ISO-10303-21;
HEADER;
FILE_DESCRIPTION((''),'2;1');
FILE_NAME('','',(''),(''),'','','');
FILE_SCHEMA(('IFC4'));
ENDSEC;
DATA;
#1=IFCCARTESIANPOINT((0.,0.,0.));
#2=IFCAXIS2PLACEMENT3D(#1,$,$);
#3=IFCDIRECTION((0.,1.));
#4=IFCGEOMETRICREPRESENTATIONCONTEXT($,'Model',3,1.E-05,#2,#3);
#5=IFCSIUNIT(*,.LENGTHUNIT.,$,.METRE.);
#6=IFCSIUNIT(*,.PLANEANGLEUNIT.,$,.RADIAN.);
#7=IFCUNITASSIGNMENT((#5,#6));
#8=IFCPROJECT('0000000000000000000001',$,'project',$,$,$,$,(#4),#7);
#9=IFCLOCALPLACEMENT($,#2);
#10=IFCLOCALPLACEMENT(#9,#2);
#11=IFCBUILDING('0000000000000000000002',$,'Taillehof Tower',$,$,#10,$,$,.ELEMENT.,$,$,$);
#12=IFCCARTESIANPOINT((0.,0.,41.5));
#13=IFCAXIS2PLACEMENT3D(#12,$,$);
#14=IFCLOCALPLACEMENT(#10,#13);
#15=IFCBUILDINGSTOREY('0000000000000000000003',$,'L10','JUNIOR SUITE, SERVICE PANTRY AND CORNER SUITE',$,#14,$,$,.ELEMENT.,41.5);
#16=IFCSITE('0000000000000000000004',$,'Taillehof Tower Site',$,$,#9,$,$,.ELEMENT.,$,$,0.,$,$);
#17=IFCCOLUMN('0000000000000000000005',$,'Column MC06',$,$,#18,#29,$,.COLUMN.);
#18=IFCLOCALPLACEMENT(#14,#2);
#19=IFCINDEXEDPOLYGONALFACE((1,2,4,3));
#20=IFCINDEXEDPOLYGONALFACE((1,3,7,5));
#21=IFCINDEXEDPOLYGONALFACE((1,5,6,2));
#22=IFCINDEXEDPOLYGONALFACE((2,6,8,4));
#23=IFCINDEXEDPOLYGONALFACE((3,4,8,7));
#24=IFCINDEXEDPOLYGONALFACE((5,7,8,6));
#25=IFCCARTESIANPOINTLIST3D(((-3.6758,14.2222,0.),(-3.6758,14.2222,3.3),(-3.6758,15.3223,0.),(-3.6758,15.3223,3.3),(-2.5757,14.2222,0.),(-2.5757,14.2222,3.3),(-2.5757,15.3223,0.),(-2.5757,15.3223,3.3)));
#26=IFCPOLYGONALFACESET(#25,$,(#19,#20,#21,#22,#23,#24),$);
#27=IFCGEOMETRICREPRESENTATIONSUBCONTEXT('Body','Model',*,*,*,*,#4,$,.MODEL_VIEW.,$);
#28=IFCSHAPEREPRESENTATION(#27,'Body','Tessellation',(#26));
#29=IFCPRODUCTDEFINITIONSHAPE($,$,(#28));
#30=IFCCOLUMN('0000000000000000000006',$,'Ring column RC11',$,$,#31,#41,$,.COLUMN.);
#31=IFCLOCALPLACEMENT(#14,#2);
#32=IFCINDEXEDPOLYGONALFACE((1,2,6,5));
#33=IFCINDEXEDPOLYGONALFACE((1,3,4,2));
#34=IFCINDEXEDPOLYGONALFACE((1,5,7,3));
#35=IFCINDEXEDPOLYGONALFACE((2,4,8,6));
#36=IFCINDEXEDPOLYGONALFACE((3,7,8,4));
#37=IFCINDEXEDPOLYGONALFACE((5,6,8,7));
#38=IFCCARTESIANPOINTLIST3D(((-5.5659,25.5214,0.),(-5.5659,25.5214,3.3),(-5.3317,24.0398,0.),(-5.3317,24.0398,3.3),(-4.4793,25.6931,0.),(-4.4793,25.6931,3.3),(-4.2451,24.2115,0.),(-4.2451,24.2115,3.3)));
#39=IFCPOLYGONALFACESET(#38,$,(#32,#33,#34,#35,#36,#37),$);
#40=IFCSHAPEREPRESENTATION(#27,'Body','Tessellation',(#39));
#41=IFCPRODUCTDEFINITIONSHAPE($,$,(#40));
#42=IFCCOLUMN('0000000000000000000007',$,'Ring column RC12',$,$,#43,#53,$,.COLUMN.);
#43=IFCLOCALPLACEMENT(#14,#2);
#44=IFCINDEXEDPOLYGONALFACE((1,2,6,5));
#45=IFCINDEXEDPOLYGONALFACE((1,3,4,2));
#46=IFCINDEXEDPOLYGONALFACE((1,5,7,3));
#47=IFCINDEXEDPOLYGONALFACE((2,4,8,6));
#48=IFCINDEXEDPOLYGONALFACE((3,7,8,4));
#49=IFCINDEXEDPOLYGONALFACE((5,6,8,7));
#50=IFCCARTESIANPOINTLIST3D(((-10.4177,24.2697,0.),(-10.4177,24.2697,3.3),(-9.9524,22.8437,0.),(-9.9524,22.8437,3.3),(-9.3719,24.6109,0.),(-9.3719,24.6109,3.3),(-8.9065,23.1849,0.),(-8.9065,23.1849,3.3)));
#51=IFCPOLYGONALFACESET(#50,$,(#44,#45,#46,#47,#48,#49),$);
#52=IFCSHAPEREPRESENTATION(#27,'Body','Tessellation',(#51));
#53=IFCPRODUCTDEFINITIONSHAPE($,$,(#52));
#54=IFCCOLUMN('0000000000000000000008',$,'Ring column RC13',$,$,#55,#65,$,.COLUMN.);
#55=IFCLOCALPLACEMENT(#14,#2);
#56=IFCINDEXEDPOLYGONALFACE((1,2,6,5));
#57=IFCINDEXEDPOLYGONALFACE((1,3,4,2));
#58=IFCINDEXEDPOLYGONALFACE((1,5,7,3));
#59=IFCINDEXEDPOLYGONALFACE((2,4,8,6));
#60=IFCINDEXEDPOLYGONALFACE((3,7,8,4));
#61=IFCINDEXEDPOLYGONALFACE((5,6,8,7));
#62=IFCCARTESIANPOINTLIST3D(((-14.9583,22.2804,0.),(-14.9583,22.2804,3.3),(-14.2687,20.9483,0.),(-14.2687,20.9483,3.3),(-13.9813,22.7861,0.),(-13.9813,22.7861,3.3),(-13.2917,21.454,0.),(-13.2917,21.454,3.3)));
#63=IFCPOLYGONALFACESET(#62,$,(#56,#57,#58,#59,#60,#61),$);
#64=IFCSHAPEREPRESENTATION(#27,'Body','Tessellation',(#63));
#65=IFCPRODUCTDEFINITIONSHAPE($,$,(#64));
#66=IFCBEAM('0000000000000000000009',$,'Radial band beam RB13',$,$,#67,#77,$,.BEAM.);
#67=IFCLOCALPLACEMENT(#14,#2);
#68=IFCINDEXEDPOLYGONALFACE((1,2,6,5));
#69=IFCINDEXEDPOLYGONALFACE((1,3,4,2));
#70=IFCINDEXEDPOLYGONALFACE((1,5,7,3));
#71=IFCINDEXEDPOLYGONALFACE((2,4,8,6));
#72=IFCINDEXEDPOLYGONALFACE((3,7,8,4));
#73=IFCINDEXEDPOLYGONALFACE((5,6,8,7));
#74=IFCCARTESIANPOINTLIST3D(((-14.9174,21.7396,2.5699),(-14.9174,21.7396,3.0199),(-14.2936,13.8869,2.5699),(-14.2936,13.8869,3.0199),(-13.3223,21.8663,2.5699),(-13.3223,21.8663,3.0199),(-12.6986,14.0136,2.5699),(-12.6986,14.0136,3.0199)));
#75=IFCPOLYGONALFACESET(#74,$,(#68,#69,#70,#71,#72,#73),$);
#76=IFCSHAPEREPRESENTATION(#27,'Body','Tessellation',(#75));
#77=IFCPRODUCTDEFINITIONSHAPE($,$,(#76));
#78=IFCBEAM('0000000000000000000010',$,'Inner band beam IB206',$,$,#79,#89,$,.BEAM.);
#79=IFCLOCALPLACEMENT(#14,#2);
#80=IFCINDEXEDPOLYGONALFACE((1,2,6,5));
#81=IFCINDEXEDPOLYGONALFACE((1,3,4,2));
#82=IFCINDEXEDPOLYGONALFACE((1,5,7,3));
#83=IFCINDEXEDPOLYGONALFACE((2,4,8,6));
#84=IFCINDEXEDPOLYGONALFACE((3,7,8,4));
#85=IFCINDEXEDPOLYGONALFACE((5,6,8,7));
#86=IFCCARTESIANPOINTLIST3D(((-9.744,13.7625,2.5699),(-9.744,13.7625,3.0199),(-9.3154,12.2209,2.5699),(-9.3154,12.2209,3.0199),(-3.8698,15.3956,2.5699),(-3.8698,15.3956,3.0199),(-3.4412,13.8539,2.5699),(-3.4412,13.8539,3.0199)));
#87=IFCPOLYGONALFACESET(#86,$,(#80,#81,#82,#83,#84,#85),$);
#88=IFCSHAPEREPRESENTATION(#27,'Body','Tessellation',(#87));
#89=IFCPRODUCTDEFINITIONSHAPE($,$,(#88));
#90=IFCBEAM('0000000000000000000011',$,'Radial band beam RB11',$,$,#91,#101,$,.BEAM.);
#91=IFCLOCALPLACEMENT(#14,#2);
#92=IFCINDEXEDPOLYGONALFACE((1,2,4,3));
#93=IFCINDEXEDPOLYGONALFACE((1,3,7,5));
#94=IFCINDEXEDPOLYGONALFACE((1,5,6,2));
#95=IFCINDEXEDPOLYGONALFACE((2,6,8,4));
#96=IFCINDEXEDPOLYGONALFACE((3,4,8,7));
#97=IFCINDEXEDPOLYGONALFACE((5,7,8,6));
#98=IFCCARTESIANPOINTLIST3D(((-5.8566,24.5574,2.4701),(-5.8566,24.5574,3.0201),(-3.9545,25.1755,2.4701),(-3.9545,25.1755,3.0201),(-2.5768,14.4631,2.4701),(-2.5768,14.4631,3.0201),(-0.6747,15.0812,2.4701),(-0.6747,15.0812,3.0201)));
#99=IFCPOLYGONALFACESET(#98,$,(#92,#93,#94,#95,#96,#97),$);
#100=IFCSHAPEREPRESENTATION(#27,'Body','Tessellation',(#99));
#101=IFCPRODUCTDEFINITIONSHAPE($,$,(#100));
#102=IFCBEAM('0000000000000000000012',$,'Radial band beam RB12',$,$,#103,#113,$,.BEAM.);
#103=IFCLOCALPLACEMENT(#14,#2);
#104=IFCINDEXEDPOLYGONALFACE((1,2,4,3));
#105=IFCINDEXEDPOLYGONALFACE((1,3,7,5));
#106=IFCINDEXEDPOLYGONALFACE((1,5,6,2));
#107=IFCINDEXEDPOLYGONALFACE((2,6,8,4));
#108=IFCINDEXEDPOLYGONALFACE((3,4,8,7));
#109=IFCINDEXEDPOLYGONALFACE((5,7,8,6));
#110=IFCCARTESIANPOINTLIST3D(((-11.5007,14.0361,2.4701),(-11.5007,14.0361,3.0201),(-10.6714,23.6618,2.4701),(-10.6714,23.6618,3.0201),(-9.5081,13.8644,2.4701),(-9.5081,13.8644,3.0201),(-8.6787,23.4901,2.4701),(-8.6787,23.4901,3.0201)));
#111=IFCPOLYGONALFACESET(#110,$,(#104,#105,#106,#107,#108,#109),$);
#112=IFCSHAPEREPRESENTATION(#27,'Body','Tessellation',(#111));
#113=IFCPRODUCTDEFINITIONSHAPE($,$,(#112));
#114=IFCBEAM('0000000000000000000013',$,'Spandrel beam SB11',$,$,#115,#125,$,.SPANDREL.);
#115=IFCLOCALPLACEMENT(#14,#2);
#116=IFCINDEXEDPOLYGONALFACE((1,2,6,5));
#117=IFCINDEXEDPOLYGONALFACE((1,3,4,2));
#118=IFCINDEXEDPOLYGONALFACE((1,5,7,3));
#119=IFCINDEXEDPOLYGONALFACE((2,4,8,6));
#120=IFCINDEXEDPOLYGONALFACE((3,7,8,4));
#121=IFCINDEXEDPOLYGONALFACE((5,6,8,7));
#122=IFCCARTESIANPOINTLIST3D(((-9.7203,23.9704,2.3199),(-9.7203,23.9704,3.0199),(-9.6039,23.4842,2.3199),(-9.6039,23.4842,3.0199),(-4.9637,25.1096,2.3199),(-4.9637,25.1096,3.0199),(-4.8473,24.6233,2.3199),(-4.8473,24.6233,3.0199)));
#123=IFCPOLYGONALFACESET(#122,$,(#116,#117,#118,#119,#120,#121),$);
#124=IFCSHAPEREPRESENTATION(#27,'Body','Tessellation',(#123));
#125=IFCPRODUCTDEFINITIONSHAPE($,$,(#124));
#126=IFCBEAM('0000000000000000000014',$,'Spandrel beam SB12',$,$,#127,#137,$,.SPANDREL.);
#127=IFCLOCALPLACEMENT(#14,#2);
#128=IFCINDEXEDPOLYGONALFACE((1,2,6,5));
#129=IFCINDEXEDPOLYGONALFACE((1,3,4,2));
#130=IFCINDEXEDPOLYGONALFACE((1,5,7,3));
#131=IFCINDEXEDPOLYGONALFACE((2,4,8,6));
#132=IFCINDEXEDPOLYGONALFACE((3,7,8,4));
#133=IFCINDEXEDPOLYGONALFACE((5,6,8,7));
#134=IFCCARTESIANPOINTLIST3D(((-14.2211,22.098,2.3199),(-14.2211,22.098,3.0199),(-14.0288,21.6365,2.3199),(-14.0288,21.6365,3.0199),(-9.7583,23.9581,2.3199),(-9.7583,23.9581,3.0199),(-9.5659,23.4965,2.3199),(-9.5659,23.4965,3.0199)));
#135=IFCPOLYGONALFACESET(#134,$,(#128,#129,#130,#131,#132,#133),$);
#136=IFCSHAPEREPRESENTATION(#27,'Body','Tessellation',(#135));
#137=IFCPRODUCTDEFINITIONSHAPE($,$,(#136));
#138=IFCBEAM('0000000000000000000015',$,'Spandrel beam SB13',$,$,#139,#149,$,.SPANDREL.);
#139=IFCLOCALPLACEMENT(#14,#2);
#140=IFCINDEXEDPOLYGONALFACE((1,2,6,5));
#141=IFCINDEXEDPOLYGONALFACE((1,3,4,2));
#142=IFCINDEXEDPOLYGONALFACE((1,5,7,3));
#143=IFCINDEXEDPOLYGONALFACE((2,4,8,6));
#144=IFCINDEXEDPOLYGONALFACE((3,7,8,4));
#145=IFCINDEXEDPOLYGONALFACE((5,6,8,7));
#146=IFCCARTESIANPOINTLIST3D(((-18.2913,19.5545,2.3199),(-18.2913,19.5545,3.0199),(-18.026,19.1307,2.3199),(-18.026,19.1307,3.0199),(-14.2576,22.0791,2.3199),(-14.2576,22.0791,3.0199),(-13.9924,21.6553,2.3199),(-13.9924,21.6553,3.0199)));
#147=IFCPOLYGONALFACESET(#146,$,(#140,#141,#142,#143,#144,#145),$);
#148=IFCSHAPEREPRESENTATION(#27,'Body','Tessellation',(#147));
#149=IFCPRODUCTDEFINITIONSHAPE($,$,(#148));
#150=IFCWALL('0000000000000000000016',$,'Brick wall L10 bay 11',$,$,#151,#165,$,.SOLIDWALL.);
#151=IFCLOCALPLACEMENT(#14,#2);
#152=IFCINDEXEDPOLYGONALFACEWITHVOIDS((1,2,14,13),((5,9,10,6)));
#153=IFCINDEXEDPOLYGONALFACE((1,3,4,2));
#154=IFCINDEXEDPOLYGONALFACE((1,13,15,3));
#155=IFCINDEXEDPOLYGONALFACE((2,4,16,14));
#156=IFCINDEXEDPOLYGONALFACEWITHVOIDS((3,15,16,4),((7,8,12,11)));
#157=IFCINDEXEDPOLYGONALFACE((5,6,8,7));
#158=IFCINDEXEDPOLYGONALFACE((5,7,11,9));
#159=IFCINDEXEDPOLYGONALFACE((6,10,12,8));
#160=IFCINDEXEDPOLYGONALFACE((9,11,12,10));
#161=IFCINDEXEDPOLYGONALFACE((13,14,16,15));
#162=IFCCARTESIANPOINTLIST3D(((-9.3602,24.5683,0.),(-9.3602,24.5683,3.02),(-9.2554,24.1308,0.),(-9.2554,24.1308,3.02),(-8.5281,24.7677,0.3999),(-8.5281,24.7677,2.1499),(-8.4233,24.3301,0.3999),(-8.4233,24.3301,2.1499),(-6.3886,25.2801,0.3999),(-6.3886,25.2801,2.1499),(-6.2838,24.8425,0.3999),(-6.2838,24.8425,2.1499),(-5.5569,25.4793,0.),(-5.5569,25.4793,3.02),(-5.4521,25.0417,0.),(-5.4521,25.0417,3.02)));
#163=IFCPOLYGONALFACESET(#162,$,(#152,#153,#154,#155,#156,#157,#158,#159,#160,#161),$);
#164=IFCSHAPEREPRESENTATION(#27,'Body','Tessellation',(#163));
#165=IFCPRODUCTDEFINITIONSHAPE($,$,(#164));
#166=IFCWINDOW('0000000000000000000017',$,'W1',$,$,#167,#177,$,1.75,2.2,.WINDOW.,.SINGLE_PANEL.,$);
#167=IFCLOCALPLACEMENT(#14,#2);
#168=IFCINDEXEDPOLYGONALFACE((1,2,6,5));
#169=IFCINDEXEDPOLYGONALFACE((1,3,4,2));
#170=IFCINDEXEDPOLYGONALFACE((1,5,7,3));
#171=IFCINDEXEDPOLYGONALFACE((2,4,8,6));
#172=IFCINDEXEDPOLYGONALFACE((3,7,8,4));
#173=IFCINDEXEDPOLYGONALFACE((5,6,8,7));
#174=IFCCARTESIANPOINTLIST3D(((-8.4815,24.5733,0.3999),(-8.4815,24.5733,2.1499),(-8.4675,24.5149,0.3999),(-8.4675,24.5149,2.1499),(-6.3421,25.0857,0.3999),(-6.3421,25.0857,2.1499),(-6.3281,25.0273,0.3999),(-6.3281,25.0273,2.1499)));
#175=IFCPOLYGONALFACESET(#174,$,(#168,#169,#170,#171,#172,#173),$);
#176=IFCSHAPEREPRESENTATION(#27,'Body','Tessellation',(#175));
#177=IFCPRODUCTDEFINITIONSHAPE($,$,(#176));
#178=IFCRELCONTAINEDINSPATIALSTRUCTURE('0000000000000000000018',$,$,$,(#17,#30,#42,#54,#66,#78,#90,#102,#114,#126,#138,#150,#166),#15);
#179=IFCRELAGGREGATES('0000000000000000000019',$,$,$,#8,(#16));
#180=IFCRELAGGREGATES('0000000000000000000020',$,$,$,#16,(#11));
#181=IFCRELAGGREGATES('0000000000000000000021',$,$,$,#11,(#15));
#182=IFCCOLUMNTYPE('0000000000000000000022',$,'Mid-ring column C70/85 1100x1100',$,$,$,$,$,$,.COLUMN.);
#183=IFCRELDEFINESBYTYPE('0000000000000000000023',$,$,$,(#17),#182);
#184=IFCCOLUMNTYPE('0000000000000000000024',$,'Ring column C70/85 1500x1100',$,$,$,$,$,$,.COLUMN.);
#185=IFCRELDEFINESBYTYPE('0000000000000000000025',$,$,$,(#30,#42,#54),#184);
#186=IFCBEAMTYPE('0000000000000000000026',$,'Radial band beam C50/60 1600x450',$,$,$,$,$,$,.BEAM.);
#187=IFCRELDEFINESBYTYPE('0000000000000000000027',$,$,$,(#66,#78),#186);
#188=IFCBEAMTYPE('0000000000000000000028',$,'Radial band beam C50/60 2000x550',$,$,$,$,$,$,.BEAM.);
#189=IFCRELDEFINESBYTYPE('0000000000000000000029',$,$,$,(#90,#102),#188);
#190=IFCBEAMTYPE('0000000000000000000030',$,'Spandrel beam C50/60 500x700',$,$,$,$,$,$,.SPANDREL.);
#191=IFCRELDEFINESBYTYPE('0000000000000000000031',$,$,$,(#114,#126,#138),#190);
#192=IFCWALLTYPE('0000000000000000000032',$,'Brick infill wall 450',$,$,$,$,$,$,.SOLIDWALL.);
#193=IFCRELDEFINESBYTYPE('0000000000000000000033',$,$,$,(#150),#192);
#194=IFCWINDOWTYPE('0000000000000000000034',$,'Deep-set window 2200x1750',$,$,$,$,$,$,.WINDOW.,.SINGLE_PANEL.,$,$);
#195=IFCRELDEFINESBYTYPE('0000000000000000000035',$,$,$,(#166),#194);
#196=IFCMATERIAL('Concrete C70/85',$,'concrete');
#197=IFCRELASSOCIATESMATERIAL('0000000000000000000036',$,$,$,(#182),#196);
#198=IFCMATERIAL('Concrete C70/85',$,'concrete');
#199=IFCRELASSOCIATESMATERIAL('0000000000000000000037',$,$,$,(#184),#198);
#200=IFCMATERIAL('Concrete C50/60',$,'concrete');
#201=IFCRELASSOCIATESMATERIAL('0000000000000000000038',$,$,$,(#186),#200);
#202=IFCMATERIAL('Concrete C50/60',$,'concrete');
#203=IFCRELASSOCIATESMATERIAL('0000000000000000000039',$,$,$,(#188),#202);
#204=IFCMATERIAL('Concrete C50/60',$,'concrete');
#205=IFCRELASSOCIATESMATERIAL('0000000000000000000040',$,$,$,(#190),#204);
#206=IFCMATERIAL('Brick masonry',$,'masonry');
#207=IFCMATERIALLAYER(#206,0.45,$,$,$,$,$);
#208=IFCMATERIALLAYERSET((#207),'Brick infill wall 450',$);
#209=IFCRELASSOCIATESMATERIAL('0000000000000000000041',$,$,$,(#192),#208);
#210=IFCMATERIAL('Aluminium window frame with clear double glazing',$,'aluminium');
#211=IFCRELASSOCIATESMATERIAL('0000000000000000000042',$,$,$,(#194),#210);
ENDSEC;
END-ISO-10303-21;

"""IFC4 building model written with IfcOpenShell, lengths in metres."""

from ifc_helpers import new_model, si_unit, direction, frame, frame_2d, origin, origin_2d, place, context, subcontext, project, spatial, rectangle, extrude, material, layer, layer_set, material_profile, profile_set, type_object, element, fill, save


model = new_model("IFC4")

# Units and contexts
model_context = context("Model", 3, precision=1e-05, world=origin(), true_north=direction((0.0, 1.0)))
body_context = subcontext(model_context, "Body", "Model", "MODEL_VIEW")
ifc_project = project(units=[si_unit("LENGTHUNIT", "METRE"), si_unit("PLANEANGLEUNIT", "RADIAN")], contexts=[model_context])

# Site, building, storey
site_placement = place(None, origin())
site = spatial("IfcSite", under=ifc_project, at=site_placement, Name="Taillehof Tower Site", CompositionType="ELEMENT", RefElevation=0.0)
building_placement = place(site_placement, origin())
building = spatial("IfcBuilding", under=site, at=building_placement, Name="Taillehof Tower", CompositionType="ELEMENT")
storey_placement = place(building_placement, frame((0.0, 0.0, 41.5)))
storey = spatial("IfcBuildingStorey", under=building, at=storey_placement, Name="L10", Description="JUNIOR SUITE, SERVICE PANTRY AND CORNER SUITE", CompositionType="ELEMENT", Elevation=41.5)

# Columns
ifc_material_1 = material(Name="Concrete C70/85", Category="concrete")
ifc_material_profile_1 = material_profile(ifc_material_1, rectangle(XDim=1.1001, YDim=1.1001, at=origin_2d()), Name="RC 1100x1100")
ifc_profile_set_1 = profile_set([ifc_material_profile_1], Name="Concrete C70/85")
column_type_1 = type_object("IfcColumnType", Name="Mid-ring column C70/85 1100x1100", PredefinedType="COLUMN", material=ifc_profile_set_1)
column_placement = place(storey_placement, frame((-3.1257, 14.7722, 0.0), z_axis=(0.0, 0.0, 1.0), x_axis=(1.0, 0.0, 0.0)))
element("IfcColumn", 1, at=column_placement, inside=storey, type_object=column_type_1, Name="Column MC06", PredefinedType="COLUMN", context=body_context, shape_type="SweptSolid", body=[
    extrude(rectangle(XDim=1.1001, YDim=1.1001, at=origin_2d()), origin(), (0.0, 0.0, 1.0), 3.3),
])
ifc_material_2 = material(Name="Concrete C70/85", Category="concrete")
ifc_material_profile_2 = material_profile(ifc_material_2, rectangle(XDim=1.5, YDim=1.1001, at=origin_2d()), Name="RC 1500x1100")
ifc_profile_set_2 = profile_set([ifc_material_profile_2], Name="Concrete C70/85")
column_type_2 = type_object("IfcColumnType", Name="Ring column C70/85 1500x1100", PredefinedType="COLUMN", material=ifc_profile_set_2)
for number, where, z_axis, x_axis, name in (
    (2, (-4.9055, 24.8665, 0.0), (0.0, 0.0, 1.0), (-0.156147, 0.987734, 0.0), "Ring column RC11"),
    (3, (-9.6621, 23.7273, 0.0), (0.0, 0.0, 1.0), (-0.310219, 0.950665, 0.0), "Ring column RC12"),
    (4, (-14.125, 21.8672, 0.0), (0.0, 0.0, 1.0), (-0.459691, 0.888079, 0.0), "Ring column RC13"),
):
    element("IfcColumn", number, at=place(storey_placement, frame(where, z_axis=z_axis, x_axis=x_axis)), inside=storey, type_object=column_type_2, Name=name, PredefinedType="COLUMN", context=body_context, shape_type="SweptSolid", body=[
        extrude(rectangle(XDim=1.5, YDim=1.1001, at=origin_2d()), origin(), (0.0, 0.0, 1.0), 3.3),
    ])

# Beams
ifc_material_3 = material(Name="Concrete C50/60", Category="concrete")
ifc_material_profile_3 = material_profile(ifc_material_3, rectangle(XDim=1.6001, YDim=0.45, at=origin_2d()), Name="RC 1600x450")
ifc_profile_set_3 = profile_set([ifc_material_profile_3], Name="Concrete C50/60")
beam_type_1 = type_object("IfcBeamType", Name="Radial band beam C50/60 1600x450", PredefinedType="BEAM", material=ifc_profile_set_3)
beam_1_placement = place(storey_placement, frame((-14.1199, 21.803, 2.7949), z_axis=(0.079185, -0.99686, 0.0), x_axis=(0.99686, 0.079185, 0.0)))
element("IfcBeam", 5, at=beam_1_placement, inside=storey, type_object=beam_type_1, Name="Radial band beam RB13", PredefinedType="BEAM", context=body_context, shape_type="SweptSolid", body=[
    extrude(rectangle(XDim=1.6001, YDim=0.45, at=origin_2d()), origin(), (0.0, 0.0, 1.0), 7.8774),
])
beam_2_placement = place(storey_placement, frame((-3.6555, 14.6248, 2.7949), z_axis=(-0.963459, -0.267855, 0.0), x_axis=(0.267855, -0.963459, 0.0)))
element("IfcBeam", 6, at=beam_2_placement, inside=storey, type_object=beam_type_1, Name="Inner band beam IB206", PredefinedType="BEAM", context=body_context, shape_type="SweptSolid", body=[
    extrude(rectangle(XDim=1.6001, YDim=0.45, at=origin_2d()), origin(), (0.0, 0.0, 1.0), 6.0969),
])
ifc_material_4 = material(Name="Concrete C50/60", Category="concrete")
ifc_material_profile_4 = material_profile(ifc_material_4, rectangle(XDim=2.0, YDim=0.55, at=origin_2d()), Name="RC 2000x550")
ifc_profile_set_4 = profile_set([ifc_material_profile_4], Name="Concrete C50/60")
beam_type_2 = type_object("IfcBeamType", Name="Radial band beam C50/60 2000x550", PredefinedType="BEAM", material=ifc_profile_set_4)
beam_3_placement = place(storey_placement, frame((-4.9055, 24.8665, 2.7451), z_axis=(0.309014, -0.951057, 0.0), x_axis=(0.951057, 0.309014, 0.0)))
element("IfcBeam", 7, at=beam_3_placement, inside=storey, type_object=beam_type_2, Name="Radial band beam RB11", PredefinedType="BEAM", context=body_context, shape_type="SweptSolid", body=[
    extrude(rectangle(XDim=2.0, YDim=0.55, at=origin_2d()), origin(), (0.0, 0.0, 1.0), 10.6138),
])
beam_4_placement = place(storey_placement, frame((-9.675, 23.5759, 2.7451), z_axis=(-0.085841, -0.996309, 0.0), x_axis=(0.996309, -0.085841, 0.0)))
element("IfcBeam", 8, at=beam_4_placement, inside=storey, type_object=beam_type_2, Name="Radial band beam RB12", PredefinedType="BEAM", context=body_context, shape_type="SweptSolid", body=[
    extrude(rectangle(XDim=2.0, YDim=0.55, at=origin_2d()), origin(), (0.0, 0.0, 1.0), 9.6614),
])
ifc_material_5 = material(Name="Concrete C50/60", Category="concrete")
ifc_material_profile_5 = material_profile(ifc_material_5, rectangle(XDim=0.5, YDim=0.7, at=origin_2d()), Name="RC 500x700")
ifc_profile_set_5 = profile_set([ifc_material_profile_5], Name="Concrete C50/60")
beam_type_3 = type_object("IfcBeamType", Name="Spandrel beam C50/60 500x700", PredefinedType="SPANDREL", material=ifc_profile_set_5)
beam_5_placement = place(storey_placement, frame((-4.9055, 24.8665, 2.6699), z_axis=(-0.9725, -0.232905, 0.0), x_axis=(0.232905, -0.9725, 0.0)))
element("IfcBeam", 9, at=beam_5_placement, inside=storey, type_object=beam_type_3, Name="Spandrel beam SB11", PredefinedType="SPANDREL", context=body_context, shape_type="SweptSolid", body=[
    extrude(rectangle(XDim=0.5, YDim=0.7, at=origin_2d()), origin(), (0.0, 0.0, 1.0), 4.8911),
])
beam_6_placement = place(storey_placement, frame((-9.6621, 23.7273, 2.6699), z_axis=(-0.923035, -0.384716, 0.0), x_axis=(0.384716, -0.923035, 0.0)))
element("IfcBeam", 10, at=beam_6_placement, inside=storey, type_object=beam_type_3, Name="Spandrel beam SB12", PredefinedType="SPANDREL", context=body_context, shape_type="SweptSolid", body=[
    extrude(rectangle(XDim=0.5, YDim=0.7, at=origin_2d()), origin(), (0.0, 0.0, 1.0), 4.835),
])
beam_7_placement = place(storey_placement, frame((-14.125, 21.8672, 2.6699), z_axis=(-0.847658, -0.530543, 0.0), x_axis=(0.530543, -0.847658, 0.0)))
element("IfcBeam", 11, at=beam_7_placement, inside=storey, type_object=beam_type_3, Name="Spandrel beam SB13", PredefinedType="SPANDREL", context=body_context, shape_type="SweptSolid", body=[
    extrude(rectangle(XDim=0.5, YDim=0.7, at=origin_2d()), origin(), (0.0, 0.0, 1.0), 4.7585),
])

# Wall, opening, window
ifc_material_6 = material(Name="Brick masonry", Category="masonry")
ifc_layer_1 = layer(ifc_material_6, 0.45)
ifc_layer_set_1 = layer_set([ifc_layer_1], Name="Brick infill wall 450")
wall_type_1 = type_object("IfcWallType", Name="Brick infill wall 450", PredefinedType="SOLIDWALL", material=ifc_layer_set_1)
wall_1_placement = place(storey_placement, frame((-5.5044, 25.2605, 0.0), z_axis=(0.0, 0.0, 1.0), x_axis=(-0.972497, -0.232917, 0.0)))
wall_1 = element("IfcWall", 12, at=wall_1_placement, inside=storey, type_object=wall_type_1, Name="Brick wall L10 bay 11", PredefinedType="SOLIDWALL", context=body_context, shape_type="SweptSolid", body=[
    extrude(rectangle(XDim=3.9109, YDim=0.45, at=frame_2d((1.9556, 0.0))), origin(), (0.0, 0.0, 1.0), 3.02),
])
opening_1_placement = place(wall_1_placement, frame((0.8552, 0.0, 0.3999)))
opening_1 = element("IfcOpeningElement", 13, at=opening_1_placement, cuts=wall_1, PredefinedType="OPENING", context=body_context, shape_type="SweptSolid", body=[
    extrude(rectangle(XDim=2.2, YDim=1.75, at=frame_2d((1.1001, 0.875))), frame((0.0, 0.2349, 0.0), z_axis=(0.0, -1.0, 0.0), x_axis=(1.0, 0.0, 0.0)), (0.0, 0.0, 1.0), 0.47),
])
ifc_material_7 = material(Name="Aluminium window frame with clear double glazing", Category="aluminium")
window_type_1 = type_object("IfcWindowType", Name="Deep-set window 2200x1750", PartitioningType="SINGLE_PANEL", PredefinedType="WINDOW", material=ifc_material_7)
window_1_placement = place(opening_1_placement, origin())
window_1 = element("IfcWindow", 14, at=window_1_placement, inside=storey, type_object=window_type_1, Name="W1", OverallHeight=1.75, OverallWidth=2.2, PartitioningType="SINGLE_PANEL", PredefinedType="WINDOW", context=body_context, shape_type="SweptSolid", body=[
    extrude(rectangle(XDim=2.2, YDim=1.75, at=frame_2d((1.1001, 0.875))), frame((0.0, 0.0349, 0.0), z_axis=(0.0, -1.0, 0.0), x_axis=(1.0, 0.0, 0.0)), (0.0, 0.0, 1.0), 0.0601),
])
fill(opening_1, window_1)

save(model, "model.ifc")
